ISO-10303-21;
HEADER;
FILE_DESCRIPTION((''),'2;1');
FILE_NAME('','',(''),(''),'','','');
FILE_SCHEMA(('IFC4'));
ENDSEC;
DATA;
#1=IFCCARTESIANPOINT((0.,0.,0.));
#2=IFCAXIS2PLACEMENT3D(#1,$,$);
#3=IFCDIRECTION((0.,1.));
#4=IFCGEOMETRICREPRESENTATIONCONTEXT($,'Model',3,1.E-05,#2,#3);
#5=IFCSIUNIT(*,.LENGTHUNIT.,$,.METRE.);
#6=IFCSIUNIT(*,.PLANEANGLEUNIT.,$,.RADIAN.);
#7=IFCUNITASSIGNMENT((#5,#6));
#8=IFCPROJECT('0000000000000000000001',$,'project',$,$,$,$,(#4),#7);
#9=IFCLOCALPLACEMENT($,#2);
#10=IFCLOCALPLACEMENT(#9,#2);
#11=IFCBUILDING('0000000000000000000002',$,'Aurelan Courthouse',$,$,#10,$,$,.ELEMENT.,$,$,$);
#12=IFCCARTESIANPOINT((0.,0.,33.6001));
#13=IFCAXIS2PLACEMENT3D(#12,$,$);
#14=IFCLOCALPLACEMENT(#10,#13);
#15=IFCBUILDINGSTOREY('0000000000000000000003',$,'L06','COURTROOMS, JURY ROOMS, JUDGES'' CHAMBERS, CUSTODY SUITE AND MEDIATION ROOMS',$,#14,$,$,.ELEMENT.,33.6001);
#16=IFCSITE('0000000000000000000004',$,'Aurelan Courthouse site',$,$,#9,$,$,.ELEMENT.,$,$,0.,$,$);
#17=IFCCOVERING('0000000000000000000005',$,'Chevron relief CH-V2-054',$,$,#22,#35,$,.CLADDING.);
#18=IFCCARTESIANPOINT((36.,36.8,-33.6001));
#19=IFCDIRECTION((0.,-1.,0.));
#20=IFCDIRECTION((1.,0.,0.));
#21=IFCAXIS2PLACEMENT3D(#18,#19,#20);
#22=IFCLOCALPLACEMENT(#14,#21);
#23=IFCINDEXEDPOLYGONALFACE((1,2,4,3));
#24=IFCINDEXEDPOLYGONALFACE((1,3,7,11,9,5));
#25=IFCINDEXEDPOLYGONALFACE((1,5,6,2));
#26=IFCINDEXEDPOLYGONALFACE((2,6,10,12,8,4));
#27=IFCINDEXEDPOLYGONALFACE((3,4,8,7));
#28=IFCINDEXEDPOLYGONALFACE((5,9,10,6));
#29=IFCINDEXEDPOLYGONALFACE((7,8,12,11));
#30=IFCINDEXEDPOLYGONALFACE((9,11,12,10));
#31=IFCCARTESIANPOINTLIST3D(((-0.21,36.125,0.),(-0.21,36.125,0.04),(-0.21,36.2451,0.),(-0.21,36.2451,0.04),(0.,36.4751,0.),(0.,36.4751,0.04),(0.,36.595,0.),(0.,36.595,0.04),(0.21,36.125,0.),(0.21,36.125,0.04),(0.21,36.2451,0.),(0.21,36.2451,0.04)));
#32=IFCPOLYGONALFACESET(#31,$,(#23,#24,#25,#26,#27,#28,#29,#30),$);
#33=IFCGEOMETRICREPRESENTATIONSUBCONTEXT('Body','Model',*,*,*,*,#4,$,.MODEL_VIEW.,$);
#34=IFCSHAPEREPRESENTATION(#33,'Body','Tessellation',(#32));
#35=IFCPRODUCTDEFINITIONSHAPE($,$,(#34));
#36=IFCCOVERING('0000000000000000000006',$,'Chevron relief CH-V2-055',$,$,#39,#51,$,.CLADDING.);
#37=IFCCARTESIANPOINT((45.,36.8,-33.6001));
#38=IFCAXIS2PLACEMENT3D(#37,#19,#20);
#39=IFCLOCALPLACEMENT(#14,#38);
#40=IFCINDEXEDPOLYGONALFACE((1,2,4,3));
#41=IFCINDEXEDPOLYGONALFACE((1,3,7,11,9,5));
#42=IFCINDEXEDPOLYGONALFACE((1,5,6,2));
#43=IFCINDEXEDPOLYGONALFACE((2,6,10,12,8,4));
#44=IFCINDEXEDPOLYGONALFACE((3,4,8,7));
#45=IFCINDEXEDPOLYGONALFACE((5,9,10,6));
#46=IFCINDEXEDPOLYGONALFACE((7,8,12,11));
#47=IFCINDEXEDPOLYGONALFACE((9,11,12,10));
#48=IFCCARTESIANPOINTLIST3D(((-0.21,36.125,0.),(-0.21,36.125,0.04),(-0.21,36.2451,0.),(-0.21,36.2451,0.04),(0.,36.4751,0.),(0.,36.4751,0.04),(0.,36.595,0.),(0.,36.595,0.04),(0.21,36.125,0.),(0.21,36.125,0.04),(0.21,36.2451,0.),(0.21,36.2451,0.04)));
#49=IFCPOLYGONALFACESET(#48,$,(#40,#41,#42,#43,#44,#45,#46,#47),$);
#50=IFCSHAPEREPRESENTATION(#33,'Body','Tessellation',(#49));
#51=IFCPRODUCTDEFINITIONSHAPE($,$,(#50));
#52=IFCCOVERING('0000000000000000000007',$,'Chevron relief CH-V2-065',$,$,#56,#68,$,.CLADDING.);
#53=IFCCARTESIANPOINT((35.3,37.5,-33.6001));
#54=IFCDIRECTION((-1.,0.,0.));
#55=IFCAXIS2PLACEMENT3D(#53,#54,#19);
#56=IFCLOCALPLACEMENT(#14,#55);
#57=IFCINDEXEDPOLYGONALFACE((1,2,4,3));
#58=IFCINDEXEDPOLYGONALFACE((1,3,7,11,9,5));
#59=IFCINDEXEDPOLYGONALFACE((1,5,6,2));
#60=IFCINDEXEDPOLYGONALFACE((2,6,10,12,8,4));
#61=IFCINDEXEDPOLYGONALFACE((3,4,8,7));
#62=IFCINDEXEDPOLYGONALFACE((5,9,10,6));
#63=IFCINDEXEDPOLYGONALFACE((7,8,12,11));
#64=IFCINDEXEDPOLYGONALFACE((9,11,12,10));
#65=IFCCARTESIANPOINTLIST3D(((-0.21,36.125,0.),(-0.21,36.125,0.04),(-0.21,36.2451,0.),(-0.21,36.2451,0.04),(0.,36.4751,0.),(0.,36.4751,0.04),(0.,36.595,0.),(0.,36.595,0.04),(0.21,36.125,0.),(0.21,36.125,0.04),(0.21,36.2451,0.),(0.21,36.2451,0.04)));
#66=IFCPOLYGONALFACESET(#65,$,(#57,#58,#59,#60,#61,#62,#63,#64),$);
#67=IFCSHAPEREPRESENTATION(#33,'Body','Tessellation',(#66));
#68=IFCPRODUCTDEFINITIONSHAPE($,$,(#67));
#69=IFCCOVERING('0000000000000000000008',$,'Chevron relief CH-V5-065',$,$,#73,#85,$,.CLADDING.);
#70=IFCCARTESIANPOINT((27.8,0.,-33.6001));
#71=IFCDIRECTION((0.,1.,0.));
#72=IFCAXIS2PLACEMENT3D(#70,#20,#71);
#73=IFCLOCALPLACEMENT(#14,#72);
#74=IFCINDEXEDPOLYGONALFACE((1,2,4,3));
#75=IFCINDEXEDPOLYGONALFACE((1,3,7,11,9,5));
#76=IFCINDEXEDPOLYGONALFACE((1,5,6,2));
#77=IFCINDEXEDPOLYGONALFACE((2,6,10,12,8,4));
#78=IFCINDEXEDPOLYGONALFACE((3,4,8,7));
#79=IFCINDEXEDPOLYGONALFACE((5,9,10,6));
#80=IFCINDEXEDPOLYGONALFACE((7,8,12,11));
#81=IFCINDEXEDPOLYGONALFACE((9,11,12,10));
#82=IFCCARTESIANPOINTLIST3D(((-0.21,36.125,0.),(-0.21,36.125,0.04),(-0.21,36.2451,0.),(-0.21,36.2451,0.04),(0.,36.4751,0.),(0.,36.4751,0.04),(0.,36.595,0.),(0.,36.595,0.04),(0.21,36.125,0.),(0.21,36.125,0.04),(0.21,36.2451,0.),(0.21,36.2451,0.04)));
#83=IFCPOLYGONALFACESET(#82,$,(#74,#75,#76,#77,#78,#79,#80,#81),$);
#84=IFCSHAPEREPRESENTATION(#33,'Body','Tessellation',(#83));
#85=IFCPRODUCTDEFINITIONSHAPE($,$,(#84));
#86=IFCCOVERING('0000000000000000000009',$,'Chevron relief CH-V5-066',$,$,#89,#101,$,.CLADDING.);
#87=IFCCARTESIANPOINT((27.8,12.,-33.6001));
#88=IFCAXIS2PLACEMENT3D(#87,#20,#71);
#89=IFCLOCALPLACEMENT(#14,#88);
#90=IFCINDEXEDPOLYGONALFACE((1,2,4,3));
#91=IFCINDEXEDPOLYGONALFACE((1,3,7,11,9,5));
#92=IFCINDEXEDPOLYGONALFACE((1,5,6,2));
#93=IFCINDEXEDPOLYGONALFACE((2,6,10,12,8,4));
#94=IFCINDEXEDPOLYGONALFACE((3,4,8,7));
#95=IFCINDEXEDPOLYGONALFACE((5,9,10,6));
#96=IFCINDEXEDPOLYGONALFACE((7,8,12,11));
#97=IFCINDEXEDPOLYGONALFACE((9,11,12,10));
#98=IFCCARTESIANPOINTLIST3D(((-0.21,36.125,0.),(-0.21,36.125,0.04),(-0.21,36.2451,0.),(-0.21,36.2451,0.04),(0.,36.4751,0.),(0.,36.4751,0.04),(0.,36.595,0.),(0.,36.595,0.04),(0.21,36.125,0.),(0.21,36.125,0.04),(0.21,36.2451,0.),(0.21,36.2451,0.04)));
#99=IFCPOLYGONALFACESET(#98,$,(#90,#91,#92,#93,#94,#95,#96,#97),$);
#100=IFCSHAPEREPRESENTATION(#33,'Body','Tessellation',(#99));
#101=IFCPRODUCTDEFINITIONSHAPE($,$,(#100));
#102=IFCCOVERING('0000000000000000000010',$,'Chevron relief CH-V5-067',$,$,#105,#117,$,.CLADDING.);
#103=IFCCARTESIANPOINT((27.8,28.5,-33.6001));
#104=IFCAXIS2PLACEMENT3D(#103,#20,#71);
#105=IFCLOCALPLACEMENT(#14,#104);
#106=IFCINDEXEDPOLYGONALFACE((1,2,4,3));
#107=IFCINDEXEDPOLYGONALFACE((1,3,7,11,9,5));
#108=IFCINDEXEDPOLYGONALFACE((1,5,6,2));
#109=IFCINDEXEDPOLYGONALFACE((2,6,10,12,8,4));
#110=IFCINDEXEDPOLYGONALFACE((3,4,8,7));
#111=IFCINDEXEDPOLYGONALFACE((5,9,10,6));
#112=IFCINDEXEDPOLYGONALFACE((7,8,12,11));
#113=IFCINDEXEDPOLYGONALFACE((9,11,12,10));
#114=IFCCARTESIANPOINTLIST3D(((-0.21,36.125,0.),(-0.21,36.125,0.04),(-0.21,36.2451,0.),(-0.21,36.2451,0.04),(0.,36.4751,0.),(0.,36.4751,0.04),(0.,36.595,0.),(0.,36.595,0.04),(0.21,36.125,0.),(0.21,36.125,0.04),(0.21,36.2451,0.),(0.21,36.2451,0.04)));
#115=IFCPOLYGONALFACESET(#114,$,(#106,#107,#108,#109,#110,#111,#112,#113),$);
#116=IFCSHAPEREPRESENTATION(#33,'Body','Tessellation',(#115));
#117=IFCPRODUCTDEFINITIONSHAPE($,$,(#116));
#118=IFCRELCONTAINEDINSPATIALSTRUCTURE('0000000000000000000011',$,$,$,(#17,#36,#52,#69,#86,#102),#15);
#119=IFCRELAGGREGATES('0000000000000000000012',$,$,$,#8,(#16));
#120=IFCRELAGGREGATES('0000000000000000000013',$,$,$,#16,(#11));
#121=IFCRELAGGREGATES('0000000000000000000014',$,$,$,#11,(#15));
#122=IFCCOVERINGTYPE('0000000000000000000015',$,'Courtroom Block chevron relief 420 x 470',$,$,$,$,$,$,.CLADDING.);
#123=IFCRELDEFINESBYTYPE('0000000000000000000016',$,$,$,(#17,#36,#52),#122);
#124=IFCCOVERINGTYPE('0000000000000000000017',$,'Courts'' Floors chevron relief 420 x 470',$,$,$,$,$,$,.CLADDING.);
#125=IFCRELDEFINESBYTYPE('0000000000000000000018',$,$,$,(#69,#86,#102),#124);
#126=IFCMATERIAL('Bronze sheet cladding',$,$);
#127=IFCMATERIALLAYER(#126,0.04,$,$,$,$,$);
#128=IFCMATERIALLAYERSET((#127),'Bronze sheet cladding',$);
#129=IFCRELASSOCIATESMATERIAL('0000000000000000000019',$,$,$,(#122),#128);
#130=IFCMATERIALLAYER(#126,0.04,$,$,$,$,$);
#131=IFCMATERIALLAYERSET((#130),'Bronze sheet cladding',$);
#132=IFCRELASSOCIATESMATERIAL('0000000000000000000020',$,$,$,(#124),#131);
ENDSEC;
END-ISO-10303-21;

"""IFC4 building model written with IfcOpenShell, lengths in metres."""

from ifc_helpers import new_model, si_unit, direction, frame, origin, place, context, subcontext, project, spatial, polyline, outline, extrude, material, layer, layer_set, type_object, element, save


model = new_model("IFC4")

# Units and contexts
model_context = context("Model", 3, precision=1e-05, world=origin(), true_north=direction((0.0, 1.0)))
body_context = subcontext(model_context, "Body", "Model", "MODEL_VIEW")
ifc_project = project(units=[si_unit("LENGTHUNIT", "METRE"), si_unit("PLANEANGLEUNIT", "RADIAN")], contexts=[model_context])

# Site, building, storey
site_placement = place(None, origin())
site = spatial("IfcSite", under=ifc_project, at=site_placement, Name="Aurelan Courthouse site", CompositionType="ELEMENT", RefElevation=0.0)
building_placement = place(site_placement, origin())
building = spatial("IfcBuilding", under=site, at=building_placement, Name="Aurelan Courthouse", CompositionType="ELEMENT")
storey_placement = place(building_placement, frame((0.0, 0.0, 33.6001)))
storey = spatial("IfcBuildingStorey", under=building, at=storey_placement, Name="L06", Description="COURTROOMS, JURY ROOMS, JUDGES' CHAMBERS, CUSTODY SUITE AND MEDIATION ROOMS", CompositionType="ELEMENT", Elevation=33.6001)

# Coverings
ifc_material_1 = material(Name="Bronze sheet cladding")
ifc_layer_1 = layer(ifc_material_1, 0.04)
ifc_layer_set_1 = layer_set([ifc_layer_1], Name="Bronze sheet cladding")
covering_type_1 = type_object("IfcCoveringType", Name="Courtroom Block chevron relief 420 x 470", PredefinedType="CLADDING", material=ifc_layer_set_1)
for number, where, z_axis, x_axis, name in (
    (1, (36.0, 36.8, -33.6001), (0.0, -1.0, 0.0), (1.0, 0.0, 0.0), "Chevron relief CH-V2-054"),
    (2, (45.0, 36.8, -33.6001), (0.0, -1.0, 0.0), (1.0, 0.0, 0.0), "Chevron relief CH-V2-055"),
    (3, (35.3, 37.5, -33.6001), (-1.0, 0.0, 0.0), (0.0, -1.0, 0.0), "Chevron relief CH-V2-065"),
):
    element("IfcCovering", number, at=place(storey_placement, frame(where, z_axis=z_axis, x_axis=x_axis)), inside=storey, type_object=covering_type_1, Name=name, PredefinedType="CLADDING", context=body_context, shape_type="SweptSolid", body=[
        extrude(outline(polyline([(-0.21, 36.125), (0.0, 36.4751), (0.21, 36.125), (0.21, 36.2451), (0.0, 36.595), (-0.21, 36.2451), (-0.21, 36.125)])), origin(), (0.0, 0.0, 1.0), 0.04),
    ])
ifc_layer_2 = layer(ifc_material_1, 0.04)
ifc_layer_set_2 = layer_set([ifc_layer_2], Name="Bronze sheet cladding")
covering_type_2 = type_object("IfcCoveringType", Name="Courts' Floors chevron relief 420 x 470", PredefinedType="CLADDING", material=ifc_layer_set_2)
for number, where, z_axis, x_axis, name in (
    (4, (27.8, 0.0, -33.6001), (1.0, 0.0, 0.0), (0.0, 1.0, 0.0), "Chevron relief CH-V5-065"),
    (5, (27.8, 12.0, -33.6001), (1.0, 0.0, 0.0), (0.0, 1.0, 0.0), "Chevron relief CH-V5-066"),
    (6, (27.8, 28.5, -33.6001), (1.0, 0.0, 0.0), (0.0, 1.0, 0.0), "Chevron relief CH-V5-067"),
):
    element("IfcCovering", number, at=place(storey_placement, frame(where, z_axis=z_axis, x_axis=x_axis)), inside=storey, type_object=covering_type_2, Name=name, PredefinedType="CLADDING", context=body_context, shape_type="SweptSolid", body=[
        extrude(outline(polyline([(-0.21, 36.125), (0.0, 36.4751), (0.21, 36.125), (0.21, 36.2451), (0.0, 36.595), (-0.21, 36.2451), (-0.21, 36.125)])), origin(), (0.0, 0.0, 1.0), 0.04),
    ])

save(model, "model.ifc")
